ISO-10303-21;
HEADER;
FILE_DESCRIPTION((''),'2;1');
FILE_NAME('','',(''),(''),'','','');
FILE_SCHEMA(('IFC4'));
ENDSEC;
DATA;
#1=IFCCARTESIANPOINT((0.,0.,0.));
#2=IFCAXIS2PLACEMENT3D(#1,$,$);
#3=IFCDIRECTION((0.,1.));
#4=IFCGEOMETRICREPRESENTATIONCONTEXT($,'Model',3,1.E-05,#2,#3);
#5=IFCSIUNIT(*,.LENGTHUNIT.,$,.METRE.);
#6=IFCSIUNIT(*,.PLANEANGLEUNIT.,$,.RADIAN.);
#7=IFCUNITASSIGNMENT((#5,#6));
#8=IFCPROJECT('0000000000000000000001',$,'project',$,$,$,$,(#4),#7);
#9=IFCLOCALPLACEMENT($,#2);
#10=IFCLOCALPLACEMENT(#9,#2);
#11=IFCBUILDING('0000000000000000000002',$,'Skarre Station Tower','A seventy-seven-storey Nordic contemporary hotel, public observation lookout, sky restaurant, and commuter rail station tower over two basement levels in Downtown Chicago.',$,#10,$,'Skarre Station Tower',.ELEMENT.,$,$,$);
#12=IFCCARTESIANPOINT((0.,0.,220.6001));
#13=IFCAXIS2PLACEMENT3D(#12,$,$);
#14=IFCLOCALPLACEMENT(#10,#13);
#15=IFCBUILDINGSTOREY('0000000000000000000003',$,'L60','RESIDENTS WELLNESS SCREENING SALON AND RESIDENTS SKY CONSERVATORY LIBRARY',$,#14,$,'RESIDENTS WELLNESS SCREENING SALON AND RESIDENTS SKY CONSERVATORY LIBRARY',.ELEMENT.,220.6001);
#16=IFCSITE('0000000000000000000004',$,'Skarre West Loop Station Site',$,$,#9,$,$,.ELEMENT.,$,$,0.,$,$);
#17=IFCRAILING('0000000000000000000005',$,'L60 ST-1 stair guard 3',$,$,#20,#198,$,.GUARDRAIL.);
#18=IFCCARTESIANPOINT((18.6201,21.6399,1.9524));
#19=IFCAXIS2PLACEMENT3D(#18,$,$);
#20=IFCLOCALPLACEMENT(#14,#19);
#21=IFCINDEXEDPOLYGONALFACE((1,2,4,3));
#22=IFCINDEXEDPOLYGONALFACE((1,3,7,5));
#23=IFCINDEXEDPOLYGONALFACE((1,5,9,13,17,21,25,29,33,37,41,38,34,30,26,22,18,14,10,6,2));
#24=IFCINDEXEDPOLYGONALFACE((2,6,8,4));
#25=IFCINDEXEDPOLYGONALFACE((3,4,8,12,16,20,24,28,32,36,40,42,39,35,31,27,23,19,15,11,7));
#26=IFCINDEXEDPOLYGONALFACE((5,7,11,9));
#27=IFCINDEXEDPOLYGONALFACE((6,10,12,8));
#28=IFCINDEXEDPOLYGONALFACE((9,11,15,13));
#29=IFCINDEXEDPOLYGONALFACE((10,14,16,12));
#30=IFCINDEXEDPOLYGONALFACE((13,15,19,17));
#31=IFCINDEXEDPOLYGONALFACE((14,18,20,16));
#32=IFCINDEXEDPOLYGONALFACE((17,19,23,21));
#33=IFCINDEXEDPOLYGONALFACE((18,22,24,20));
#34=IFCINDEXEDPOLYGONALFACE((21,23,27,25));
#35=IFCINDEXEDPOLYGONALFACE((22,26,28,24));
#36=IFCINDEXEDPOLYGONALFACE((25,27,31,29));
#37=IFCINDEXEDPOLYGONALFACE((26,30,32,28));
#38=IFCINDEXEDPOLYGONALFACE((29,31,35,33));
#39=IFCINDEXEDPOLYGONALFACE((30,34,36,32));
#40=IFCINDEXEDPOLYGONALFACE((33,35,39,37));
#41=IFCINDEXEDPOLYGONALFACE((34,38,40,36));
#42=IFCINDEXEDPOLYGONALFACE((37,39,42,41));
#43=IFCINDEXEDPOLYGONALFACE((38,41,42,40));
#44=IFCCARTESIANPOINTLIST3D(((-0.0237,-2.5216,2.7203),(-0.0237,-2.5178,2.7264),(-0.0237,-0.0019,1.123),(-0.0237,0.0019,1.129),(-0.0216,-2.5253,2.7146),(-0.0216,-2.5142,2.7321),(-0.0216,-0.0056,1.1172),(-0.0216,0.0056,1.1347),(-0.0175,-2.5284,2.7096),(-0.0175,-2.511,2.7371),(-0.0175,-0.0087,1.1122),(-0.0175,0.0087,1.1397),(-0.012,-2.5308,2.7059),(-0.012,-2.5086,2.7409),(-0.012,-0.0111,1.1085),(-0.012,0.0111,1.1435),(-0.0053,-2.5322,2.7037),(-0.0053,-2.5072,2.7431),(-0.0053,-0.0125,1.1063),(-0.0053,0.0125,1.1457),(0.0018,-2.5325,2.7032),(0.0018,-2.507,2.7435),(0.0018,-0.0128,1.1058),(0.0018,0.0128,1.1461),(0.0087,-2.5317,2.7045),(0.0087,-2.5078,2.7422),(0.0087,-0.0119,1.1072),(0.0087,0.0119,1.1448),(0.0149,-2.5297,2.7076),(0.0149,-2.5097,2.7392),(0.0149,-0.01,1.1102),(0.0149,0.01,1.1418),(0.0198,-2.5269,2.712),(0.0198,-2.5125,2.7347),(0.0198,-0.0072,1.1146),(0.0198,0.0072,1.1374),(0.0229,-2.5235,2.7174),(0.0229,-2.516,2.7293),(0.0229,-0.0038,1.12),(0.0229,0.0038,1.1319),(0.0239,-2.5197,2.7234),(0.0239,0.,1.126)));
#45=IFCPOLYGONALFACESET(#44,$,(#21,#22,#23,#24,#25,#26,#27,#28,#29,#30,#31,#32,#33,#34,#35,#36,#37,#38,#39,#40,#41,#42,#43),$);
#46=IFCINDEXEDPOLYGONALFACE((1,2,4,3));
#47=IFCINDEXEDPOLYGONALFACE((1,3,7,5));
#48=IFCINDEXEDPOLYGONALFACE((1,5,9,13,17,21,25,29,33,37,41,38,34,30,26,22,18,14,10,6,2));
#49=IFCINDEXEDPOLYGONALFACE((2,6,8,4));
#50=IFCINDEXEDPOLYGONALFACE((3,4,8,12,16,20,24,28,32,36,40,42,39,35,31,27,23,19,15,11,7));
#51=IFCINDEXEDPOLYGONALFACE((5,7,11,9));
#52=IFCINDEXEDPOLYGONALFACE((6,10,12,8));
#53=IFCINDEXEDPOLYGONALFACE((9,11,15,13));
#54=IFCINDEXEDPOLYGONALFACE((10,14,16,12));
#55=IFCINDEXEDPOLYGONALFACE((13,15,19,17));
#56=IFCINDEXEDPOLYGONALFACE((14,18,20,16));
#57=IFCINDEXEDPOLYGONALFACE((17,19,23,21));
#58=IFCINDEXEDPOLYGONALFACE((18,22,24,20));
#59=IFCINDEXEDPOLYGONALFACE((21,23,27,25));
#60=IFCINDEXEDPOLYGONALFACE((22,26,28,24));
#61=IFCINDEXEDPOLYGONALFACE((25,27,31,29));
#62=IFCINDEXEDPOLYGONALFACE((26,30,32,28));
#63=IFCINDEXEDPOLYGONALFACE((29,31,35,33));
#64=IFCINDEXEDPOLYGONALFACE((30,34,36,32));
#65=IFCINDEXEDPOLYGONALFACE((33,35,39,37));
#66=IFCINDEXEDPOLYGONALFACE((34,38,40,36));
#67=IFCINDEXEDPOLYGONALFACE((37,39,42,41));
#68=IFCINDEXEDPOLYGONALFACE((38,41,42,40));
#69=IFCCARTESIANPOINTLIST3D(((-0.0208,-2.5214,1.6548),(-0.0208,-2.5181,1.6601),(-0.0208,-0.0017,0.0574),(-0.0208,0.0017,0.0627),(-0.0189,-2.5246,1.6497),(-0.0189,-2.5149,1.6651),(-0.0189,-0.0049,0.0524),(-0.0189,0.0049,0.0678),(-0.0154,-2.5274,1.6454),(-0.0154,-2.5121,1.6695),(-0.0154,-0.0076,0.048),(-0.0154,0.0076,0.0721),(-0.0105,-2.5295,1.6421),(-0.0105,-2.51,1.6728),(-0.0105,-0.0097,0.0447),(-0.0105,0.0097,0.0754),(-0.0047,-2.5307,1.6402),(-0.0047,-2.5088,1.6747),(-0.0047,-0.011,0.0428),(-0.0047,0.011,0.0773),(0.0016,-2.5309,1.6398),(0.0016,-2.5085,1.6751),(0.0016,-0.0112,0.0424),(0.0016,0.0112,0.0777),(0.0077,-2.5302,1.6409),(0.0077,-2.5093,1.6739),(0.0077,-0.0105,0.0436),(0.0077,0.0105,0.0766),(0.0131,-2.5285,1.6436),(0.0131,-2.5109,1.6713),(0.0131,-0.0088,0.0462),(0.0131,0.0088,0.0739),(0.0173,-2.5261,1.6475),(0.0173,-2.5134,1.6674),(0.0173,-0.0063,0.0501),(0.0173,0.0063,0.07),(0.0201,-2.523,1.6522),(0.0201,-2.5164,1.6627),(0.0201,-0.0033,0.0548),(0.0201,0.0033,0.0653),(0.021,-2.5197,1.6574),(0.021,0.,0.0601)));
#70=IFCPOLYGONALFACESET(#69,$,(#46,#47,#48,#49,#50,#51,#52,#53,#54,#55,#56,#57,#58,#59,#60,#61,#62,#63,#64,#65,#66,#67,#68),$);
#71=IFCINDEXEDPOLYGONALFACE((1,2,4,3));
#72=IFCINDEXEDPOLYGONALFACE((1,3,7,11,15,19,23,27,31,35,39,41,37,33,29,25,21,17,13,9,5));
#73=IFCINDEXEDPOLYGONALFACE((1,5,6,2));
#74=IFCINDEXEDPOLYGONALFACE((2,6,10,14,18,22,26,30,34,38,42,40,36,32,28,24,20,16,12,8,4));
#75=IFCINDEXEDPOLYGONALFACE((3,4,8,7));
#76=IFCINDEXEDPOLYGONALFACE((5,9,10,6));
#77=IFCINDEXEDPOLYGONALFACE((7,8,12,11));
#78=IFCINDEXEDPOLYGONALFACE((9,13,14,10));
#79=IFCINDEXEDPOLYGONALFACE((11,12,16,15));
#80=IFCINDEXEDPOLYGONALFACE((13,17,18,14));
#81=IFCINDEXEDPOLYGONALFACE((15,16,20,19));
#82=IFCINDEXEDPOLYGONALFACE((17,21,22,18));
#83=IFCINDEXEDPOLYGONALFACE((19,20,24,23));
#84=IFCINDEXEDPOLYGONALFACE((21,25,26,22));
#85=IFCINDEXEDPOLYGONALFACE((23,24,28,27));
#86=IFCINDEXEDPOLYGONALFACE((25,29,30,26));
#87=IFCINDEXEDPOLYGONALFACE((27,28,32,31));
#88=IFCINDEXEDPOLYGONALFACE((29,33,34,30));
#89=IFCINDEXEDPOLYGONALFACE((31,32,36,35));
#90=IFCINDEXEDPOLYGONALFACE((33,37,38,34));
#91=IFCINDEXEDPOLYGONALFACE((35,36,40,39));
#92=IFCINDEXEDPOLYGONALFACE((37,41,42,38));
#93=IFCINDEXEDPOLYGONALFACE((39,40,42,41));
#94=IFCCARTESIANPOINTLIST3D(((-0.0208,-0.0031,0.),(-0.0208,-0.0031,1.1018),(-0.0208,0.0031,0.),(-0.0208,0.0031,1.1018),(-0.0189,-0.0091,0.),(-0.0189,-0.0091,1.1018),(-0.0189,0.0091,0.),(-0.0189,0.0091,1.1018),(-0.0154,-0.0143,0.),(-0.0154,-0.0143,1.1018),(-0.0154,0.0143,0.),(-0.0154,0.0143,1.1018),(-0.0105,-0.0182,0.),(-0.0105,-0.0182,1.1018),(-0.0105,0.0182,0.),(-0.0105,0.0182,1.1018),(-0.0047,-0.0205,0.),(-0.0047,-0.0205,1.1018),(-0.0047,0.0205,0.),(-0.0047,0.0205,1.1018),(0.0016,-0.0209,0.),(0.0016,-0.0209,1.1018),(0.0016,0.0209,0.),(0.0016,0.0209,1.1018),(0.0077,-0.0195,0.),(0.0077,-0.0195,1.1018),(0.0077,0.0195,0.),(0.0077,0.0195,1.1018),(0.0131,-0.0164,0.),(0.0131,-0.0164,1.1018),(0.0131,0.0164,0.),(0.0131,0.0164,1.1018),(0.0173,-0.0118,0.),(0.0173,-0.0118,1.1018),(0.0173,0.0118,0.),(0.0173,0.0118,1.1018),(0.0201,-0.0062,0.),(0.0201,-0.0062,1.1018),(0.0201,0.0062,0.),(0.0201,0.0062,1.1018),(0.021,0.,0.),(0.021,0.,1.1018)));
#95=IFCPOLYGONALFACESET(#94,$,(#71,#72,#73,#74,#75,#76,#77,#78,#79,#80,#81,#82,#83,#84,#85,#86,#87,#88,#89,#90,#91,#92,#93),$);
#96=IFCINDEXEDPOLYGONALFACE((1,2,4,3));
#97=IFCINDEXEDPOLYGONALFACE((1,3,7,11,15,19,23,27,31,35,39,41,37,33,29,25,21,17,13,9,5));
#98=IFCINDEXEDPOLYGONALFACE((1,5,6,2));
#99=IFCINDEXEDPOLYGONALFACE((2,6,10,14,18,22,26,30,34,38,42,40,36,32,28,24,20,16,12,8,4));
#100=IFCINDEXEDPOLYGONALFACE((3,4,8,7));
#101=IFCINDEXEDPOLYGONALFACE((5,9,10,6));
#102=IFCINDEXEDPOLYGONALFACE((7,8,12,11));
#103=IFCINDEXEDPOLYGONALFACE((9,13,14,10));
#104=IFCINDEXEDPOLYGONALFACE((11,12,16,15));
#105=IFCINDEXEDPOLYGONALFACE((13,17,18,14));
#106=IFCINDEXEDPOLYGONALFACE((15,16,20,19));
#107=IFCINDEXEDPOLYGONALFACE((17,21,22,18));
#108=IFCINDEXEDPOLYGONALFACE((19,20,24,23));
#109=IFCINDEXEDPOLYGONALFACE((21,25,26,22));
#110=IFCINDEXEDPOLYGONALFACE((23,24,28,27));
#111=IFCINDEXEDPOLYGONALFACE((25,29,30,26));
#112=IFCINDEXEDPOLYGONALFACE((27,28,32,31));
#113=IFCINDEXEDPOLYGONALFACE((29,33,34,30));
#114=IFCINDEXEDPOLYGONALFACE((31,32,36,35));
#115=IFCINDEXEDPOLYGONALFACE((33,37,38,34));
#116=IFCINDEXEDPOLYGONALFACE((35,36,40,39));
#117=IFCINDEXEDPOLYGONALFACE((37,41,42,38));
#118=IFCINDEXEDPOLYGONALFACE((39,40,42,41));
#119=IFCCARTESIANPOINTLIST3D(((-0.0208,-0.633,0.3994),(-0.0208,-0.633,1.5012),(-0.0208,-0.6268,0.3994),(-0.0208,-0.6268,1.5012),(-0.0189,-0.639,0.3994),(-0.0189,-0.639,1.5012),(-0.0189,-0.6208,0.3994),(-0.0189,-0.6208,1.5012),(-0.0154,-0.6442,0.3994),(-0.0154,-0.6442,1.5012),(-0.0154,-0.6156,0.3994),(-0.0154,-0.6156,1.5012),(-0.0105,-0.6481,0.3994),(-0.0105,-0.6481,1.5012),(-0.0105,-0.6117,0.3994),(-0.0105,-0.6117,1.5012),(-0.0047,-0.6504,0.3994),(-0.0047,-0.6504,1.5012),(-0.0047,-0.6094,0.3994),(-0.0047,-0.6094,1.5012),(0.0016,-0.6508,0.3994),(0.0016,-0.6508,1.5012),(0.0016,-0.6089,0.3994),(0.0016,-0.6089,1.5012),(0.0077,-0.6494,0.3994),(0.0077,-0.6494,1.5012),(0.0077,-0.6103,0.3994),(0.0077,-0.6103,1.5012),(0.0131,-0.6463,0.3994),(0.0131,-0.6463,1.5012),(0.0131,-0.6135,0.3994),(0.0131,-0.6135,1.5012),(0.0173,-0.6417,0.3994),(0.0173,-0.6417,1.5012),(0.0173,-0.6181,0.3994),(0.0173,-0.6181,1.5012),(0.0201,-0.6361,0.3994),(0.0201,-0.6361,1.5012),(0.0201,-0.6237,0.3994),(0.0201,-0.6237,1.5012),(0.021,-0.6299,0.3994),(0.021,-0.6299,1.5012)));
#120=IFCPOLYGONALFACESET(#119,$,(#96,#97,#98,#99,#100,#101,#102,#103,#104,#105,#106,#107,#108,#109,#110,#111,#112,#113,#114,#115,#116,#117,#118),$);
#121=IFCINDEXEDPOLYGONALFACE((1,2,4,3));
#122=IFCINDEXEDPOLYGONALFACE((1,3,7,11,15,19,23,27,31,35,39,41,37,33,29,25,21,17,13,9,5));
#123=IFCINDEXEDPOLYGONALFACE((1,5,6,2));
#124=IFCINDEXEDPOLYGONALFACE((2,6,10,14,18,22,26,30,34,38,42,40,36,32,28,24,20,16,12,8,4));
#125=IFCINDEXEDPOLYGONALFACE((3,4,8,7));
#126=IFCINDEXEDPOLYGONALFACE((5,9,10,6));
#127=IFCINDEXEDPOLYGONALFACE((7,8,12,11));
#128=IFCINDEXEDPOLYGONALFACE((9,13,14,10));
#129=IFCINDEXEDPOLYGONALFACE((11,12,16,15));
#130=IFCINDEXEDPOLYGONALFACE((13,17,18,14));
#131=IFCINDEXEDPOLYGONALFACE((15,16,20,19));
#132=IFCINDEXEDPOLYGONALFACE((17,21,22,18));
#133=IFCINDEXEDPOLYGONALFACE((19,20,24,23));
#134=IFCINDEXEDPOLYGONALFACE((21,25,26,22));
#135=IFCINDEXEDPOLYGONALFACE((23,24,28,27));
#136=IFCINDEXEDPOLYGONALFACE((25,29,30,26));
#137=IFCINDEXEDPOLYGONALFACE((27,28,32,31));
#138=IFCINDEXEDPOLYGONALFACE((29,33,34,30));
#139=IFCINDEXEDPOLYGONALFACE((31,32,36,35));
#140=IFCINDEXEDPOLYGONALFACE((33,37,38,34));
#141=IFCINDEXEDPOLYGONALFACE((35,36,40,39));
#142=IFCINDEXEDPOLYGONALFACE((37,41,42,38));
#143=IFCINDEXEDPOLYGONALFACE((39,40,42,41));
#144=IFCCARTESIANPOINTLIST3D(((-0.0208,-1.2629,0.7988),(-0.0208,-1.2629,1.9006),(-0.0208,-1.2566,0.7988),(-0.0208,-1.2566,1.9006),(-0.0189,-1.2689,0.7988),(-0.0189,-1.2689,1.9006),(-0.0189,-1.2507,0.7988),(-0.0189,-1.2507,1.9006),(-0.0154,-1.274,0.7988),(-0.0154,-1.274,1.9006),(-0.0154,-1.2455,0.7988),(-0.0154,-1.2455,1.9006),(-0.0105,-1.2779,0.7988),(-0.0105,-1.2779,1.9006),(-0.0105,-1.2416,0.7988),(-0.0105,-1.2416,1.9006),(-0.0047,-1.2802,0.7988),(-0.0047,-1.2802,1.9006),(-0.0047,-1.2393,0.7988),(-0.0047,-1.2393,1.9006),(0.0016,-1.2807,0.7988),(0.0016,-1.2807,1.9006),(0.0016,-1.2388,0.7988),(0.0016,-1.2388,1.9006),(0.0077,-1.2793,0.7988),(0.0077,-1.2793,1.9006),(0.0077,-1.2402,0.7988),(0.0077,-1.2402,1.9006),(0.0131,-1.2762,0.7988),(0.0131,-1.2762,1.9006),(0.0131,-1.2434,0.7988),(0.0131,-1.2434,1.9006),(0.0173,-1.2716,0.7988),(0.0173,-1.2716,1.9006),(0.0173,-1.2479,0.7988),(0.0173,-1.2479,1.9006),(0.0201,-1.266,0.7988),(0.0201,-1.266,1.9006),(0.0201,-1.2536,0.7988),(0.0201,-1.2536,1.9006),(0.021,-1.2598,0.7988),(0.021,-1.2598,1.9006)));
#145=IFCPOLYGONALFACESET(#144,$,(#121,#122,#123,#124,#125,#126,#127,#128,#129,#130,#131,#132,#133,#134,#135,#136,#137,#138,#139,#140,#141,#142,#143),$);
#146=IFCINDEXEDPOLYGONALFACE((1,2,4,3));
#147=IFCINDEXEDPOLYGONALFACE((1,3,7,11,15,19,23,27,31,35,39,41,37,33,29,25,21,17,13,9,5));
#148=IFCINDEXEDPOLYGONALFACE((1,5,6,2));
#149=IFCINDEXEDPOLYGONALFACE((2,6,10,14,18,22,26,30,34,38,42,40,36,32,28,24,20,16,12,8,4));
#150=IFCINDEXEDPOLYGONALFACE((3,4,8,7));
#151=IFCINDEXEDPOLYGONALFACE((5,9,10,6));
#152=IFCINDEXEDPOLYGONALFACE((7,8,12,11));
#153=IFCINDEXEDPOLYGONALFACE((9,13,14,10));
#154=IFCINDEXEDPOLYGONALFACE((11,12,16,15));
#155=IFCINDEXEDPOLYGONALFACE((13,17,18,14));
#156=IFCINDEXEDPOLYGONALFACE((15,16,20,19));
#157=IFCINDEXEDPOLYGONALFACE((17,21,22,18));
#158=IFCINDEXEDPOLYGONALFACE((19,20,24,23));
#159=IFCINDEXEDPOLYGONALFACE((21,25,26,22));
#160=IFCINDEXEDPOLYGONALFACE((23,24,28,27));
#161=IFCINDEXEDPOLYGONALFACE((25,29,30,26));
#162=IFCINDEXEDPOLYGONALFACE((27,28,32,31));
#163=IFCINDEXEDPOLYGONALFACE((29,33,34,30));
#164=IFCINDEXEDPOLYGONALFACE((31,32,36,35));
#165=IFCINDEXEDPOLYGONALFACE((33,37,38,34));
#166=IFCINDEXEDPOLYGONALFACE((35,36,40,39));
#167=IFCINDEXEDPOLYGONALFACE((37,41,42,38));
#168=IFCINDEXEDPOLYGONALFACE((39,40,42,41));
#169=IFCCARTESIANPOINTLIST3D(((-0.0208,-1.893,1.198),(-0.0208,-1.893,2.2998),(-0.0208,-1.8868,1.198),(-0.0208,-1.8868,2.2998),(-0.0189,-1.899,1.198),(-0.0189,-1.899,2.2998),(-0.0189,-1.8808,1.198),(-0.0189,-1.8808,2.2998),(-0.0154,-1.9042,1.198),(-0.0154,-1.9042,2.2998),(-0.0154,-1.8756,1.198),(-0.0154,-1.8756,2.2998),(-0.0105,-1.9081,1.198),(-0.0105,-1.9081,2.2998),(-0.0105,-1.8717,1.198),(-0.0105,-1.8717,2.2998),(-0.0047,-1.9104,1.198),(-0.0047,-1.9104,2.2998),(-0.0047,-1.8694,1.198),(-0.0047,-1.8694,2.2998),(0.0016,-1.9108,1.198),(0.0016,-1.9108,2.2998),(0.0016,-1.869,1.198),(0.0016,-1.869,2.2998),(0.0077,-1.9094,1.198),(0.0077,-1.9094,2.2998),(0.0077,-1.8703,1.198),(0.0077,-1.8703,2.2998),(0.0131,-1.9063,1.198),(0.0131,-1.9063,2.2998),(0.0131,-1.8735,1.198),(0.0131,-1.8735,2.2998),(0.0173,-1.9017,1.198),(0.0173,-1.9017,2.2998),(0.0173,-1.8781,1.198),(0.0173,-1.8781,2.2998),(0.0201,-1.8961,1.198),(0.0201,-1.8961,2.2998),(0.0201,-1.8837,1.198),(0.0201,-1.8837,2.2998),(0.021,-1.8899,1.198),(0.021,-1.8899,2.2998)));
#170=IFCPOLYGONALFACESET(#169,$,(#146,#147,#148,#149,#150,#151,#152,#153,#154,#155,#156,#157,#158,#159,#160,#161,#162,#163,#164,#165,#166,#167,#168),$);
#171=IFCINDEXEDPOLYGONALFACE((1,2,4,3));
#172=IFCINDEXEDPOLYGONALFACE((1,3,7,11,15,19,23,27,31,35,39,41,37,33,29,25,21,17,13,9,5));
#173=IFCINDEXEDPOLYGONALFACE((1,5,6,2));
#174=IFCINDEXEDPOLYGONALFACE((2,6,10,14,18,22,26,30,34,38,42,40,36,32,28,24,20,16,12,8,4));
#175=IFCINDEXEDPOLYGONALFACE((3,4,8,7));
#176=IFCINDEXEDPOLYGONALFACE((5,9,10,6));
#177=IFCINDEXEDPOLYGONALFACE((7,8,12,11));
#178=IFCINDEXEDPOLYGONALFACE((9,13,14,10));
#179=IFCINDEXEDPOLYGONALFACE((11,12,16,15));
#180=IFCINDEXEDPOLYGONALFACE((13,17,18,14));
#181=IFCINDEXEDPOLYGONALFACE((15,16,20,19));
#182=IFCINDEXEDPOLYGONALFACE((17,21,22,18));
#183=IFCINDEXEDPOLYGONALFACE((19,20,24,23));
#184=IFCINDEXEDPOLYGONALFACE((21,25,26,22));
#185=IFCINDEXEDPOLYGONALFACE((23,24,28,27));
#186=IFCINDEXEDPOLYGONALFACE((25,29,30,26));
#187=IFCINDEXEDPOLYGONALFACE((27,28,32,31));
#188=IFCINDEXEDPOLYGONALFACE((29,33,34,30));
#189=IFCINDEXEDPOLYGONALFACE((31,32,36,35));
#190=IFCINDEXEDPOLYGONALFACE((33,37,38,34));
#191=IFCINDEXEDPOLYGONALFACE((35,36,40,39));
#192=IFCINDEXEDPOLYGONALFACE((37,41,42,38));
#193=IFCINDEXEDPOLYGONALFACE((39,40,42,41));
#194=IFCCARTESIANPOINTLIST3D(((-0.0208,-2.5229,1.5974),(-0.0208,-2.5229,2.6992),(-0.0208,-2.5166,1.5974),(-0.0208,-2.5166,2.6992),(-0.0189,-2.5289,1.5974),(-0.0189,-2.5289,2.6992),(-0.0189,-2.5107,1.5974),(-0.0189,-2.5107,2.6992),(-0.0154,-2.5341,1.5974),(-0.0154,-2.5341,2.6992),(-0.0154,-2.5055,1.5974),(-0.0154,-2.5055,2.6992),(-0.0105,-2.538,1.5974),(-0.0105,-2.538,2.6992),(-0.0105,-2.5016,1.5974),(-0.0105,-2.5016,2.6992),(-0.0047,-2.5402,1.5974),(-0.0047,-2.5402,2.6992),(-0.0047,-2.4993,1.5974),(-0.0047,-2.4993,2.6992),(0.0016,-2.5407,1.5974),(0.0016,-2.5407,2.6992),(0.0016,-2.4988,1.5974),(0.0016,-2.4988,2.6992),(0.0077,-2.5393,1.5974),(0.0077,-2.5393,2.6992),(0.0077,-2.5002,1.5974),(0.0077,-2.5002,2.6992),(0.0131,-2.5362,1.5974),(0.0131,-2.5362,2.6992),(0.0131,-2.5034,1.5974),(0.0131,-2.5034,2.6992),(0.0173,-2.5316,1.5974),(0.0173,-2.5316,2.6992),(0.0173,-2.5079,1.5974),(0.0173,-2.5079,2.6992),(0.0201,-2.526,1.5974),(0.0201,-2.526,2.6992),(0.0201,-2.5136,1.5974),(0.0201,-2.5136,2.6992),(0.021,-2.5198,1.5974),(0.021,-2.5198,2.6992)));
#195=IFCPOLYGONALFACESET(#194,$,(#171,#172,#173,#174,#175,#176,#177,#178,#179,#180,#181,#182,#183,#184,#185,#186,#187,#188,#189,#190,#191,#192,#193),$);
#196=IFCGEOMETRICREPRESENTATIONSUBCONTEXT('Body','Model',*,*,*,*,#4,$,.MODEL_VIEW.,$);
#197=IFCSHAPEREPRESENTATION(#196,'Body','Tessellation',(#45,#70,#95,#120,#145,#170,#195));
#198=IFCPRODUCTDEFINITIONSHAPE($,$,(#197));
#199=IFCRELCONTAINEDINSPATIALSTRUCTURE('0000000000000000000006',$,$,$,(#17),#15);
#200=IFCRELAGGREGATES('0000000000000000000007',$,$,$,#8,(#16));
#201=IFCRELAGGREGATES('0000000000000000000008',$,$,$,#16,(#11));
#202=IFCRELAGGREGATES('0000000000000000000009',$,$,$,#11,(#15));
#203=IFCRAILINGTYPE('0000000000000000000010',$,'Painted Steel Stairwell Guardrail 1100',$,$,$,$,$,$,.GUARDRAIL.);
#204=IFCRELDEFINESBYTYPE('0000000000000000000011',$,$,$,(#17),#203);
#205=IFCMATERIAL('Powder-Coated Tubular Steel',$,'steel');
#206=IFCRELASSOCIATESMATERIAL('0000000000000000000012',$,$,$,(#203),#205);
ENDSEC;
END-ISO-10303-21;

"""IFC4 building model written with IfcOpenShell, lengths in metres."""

from ifc_helpers import new_model, si_unit, direction, frame, origin, origin_2d, place, context, subcontext, project, spatial, circle, extrude, material, type_object, element, save


model = new_model("IFC4")

# Units and contexts
model_context = context("Model", 3, precision=1e-05, world=origin(), true_north=direction((0.0, 1.0)))
body_context = subcontext(model_context, "Body", "Model", "MODEL_VIEW")
ifc_project = project(units=[si_unit("LENGTHUNIT", "METRE"), si_unit("PLANEANGLEUNIT", "RADIAN")], contexts=[model_context])

# Site, building, storey
site_placement = place(None, origin())
site = spatial("IfcSite", under=ifc_project, at=site_placement, Name="Skarre West Loop Station Site", CompositionType="ELEMENT", RefElevation=0.0)
building_placement = place(site_placement, origin())
building = spatial("IfcBuilding", under=site, at=building_placement, Name="Skarre Station Tower", Description="A seventy-seven-storey Nordic contemporary hotel, public observation lookout, sky restaurant, and commuter rail station tower over two basement levels in Downtown Chicago.", LongName="Skarre Station Tower", CompositionType="ELEMENT")
storey_placement = place(building_placement, frame((0.0, 0.0, 220.6001)))
storey = spatial("IfcBuildingStorey", under=building, at=storey_placement, Name="L60", Description="RESIDENTS WELLNESS SCREENING SALON AND RESIDENTS SKY CONSERVATORY LIBRARY", LongName="RESIDENTS WELLNESS SCREENING SALON AND RESIDENTS SKY CONSERVATORY LIBRARY", CompositionType="ELEMENT", Elevation=220.6001)

# Railing
ifc_material_1 = material(Name="Powder-Coated Tubular Steel", Category="steel")
railing_type_1 = type_object("IfcRailingType", Name="Painted Steel Stairwell Guardrail 1100", PredefinedType="GUARDRAIL", material=ifc_material_1)
railing_1_placement = place(storey_placement, frame((18.6201, 21.6399, 1.9524)))
element("IfcRailing", 1, at=railing_1_placement, inside=storey, type_object=railing_type_1, Name="L60 ST-1 stair guard 3", PredefinedType="GUARDRAIL", context=body_context, shape_type="SweptSolid", body=[
    extrude(circle(Radius=0.0239, at=origin_2d()), frame((0.0, 0.0, 1.126), z_axis=(0.0, -0.844583, 0.535424), x_axis=(1.0, 0.0, 0.0)), (0.0, 0.0, 1.0), 2.9834),
    extrude(circle(Radius=0.021, at=origin_2d()), frame((0.0, 0.0, 0.0601), z_axis=(0.0, -0.844583, 0.535424), x_axis=(1.0, 0.0, 0.0)), (0.0, 0.0, 1.0), 2.9834),
    extrude(circle(Radius=0.021, at=origin_2d()), origin(), (0.0, 0.0, 1.0), 1.1018),
    extrude(circle(Radius=0.021, at=origin_2d()), frame((0.0, -0.6299, 0.3994)), (0.0, 0.0, 1.0), 1.1018),
    extrude(circle(Radius=0.021, at=origin_2d()), frame((0.0, -1.2598, 0.7988)), (0.0, 0.0, 1.0), 1.1018),
    extrude(circle(Radius=0.021, at=origin_2d()), frame((0.0, -1.8899, 1.198)), (0.0, 0.0, 1.0), 1.1018),
    extrude(circle(Radius=0.021, at=origin_2d()), frame((0.0, -2.5198, 1.5974)), (0.0, 0.0, 1.0), 1.1018),
])

save(model, "model.ifc")
